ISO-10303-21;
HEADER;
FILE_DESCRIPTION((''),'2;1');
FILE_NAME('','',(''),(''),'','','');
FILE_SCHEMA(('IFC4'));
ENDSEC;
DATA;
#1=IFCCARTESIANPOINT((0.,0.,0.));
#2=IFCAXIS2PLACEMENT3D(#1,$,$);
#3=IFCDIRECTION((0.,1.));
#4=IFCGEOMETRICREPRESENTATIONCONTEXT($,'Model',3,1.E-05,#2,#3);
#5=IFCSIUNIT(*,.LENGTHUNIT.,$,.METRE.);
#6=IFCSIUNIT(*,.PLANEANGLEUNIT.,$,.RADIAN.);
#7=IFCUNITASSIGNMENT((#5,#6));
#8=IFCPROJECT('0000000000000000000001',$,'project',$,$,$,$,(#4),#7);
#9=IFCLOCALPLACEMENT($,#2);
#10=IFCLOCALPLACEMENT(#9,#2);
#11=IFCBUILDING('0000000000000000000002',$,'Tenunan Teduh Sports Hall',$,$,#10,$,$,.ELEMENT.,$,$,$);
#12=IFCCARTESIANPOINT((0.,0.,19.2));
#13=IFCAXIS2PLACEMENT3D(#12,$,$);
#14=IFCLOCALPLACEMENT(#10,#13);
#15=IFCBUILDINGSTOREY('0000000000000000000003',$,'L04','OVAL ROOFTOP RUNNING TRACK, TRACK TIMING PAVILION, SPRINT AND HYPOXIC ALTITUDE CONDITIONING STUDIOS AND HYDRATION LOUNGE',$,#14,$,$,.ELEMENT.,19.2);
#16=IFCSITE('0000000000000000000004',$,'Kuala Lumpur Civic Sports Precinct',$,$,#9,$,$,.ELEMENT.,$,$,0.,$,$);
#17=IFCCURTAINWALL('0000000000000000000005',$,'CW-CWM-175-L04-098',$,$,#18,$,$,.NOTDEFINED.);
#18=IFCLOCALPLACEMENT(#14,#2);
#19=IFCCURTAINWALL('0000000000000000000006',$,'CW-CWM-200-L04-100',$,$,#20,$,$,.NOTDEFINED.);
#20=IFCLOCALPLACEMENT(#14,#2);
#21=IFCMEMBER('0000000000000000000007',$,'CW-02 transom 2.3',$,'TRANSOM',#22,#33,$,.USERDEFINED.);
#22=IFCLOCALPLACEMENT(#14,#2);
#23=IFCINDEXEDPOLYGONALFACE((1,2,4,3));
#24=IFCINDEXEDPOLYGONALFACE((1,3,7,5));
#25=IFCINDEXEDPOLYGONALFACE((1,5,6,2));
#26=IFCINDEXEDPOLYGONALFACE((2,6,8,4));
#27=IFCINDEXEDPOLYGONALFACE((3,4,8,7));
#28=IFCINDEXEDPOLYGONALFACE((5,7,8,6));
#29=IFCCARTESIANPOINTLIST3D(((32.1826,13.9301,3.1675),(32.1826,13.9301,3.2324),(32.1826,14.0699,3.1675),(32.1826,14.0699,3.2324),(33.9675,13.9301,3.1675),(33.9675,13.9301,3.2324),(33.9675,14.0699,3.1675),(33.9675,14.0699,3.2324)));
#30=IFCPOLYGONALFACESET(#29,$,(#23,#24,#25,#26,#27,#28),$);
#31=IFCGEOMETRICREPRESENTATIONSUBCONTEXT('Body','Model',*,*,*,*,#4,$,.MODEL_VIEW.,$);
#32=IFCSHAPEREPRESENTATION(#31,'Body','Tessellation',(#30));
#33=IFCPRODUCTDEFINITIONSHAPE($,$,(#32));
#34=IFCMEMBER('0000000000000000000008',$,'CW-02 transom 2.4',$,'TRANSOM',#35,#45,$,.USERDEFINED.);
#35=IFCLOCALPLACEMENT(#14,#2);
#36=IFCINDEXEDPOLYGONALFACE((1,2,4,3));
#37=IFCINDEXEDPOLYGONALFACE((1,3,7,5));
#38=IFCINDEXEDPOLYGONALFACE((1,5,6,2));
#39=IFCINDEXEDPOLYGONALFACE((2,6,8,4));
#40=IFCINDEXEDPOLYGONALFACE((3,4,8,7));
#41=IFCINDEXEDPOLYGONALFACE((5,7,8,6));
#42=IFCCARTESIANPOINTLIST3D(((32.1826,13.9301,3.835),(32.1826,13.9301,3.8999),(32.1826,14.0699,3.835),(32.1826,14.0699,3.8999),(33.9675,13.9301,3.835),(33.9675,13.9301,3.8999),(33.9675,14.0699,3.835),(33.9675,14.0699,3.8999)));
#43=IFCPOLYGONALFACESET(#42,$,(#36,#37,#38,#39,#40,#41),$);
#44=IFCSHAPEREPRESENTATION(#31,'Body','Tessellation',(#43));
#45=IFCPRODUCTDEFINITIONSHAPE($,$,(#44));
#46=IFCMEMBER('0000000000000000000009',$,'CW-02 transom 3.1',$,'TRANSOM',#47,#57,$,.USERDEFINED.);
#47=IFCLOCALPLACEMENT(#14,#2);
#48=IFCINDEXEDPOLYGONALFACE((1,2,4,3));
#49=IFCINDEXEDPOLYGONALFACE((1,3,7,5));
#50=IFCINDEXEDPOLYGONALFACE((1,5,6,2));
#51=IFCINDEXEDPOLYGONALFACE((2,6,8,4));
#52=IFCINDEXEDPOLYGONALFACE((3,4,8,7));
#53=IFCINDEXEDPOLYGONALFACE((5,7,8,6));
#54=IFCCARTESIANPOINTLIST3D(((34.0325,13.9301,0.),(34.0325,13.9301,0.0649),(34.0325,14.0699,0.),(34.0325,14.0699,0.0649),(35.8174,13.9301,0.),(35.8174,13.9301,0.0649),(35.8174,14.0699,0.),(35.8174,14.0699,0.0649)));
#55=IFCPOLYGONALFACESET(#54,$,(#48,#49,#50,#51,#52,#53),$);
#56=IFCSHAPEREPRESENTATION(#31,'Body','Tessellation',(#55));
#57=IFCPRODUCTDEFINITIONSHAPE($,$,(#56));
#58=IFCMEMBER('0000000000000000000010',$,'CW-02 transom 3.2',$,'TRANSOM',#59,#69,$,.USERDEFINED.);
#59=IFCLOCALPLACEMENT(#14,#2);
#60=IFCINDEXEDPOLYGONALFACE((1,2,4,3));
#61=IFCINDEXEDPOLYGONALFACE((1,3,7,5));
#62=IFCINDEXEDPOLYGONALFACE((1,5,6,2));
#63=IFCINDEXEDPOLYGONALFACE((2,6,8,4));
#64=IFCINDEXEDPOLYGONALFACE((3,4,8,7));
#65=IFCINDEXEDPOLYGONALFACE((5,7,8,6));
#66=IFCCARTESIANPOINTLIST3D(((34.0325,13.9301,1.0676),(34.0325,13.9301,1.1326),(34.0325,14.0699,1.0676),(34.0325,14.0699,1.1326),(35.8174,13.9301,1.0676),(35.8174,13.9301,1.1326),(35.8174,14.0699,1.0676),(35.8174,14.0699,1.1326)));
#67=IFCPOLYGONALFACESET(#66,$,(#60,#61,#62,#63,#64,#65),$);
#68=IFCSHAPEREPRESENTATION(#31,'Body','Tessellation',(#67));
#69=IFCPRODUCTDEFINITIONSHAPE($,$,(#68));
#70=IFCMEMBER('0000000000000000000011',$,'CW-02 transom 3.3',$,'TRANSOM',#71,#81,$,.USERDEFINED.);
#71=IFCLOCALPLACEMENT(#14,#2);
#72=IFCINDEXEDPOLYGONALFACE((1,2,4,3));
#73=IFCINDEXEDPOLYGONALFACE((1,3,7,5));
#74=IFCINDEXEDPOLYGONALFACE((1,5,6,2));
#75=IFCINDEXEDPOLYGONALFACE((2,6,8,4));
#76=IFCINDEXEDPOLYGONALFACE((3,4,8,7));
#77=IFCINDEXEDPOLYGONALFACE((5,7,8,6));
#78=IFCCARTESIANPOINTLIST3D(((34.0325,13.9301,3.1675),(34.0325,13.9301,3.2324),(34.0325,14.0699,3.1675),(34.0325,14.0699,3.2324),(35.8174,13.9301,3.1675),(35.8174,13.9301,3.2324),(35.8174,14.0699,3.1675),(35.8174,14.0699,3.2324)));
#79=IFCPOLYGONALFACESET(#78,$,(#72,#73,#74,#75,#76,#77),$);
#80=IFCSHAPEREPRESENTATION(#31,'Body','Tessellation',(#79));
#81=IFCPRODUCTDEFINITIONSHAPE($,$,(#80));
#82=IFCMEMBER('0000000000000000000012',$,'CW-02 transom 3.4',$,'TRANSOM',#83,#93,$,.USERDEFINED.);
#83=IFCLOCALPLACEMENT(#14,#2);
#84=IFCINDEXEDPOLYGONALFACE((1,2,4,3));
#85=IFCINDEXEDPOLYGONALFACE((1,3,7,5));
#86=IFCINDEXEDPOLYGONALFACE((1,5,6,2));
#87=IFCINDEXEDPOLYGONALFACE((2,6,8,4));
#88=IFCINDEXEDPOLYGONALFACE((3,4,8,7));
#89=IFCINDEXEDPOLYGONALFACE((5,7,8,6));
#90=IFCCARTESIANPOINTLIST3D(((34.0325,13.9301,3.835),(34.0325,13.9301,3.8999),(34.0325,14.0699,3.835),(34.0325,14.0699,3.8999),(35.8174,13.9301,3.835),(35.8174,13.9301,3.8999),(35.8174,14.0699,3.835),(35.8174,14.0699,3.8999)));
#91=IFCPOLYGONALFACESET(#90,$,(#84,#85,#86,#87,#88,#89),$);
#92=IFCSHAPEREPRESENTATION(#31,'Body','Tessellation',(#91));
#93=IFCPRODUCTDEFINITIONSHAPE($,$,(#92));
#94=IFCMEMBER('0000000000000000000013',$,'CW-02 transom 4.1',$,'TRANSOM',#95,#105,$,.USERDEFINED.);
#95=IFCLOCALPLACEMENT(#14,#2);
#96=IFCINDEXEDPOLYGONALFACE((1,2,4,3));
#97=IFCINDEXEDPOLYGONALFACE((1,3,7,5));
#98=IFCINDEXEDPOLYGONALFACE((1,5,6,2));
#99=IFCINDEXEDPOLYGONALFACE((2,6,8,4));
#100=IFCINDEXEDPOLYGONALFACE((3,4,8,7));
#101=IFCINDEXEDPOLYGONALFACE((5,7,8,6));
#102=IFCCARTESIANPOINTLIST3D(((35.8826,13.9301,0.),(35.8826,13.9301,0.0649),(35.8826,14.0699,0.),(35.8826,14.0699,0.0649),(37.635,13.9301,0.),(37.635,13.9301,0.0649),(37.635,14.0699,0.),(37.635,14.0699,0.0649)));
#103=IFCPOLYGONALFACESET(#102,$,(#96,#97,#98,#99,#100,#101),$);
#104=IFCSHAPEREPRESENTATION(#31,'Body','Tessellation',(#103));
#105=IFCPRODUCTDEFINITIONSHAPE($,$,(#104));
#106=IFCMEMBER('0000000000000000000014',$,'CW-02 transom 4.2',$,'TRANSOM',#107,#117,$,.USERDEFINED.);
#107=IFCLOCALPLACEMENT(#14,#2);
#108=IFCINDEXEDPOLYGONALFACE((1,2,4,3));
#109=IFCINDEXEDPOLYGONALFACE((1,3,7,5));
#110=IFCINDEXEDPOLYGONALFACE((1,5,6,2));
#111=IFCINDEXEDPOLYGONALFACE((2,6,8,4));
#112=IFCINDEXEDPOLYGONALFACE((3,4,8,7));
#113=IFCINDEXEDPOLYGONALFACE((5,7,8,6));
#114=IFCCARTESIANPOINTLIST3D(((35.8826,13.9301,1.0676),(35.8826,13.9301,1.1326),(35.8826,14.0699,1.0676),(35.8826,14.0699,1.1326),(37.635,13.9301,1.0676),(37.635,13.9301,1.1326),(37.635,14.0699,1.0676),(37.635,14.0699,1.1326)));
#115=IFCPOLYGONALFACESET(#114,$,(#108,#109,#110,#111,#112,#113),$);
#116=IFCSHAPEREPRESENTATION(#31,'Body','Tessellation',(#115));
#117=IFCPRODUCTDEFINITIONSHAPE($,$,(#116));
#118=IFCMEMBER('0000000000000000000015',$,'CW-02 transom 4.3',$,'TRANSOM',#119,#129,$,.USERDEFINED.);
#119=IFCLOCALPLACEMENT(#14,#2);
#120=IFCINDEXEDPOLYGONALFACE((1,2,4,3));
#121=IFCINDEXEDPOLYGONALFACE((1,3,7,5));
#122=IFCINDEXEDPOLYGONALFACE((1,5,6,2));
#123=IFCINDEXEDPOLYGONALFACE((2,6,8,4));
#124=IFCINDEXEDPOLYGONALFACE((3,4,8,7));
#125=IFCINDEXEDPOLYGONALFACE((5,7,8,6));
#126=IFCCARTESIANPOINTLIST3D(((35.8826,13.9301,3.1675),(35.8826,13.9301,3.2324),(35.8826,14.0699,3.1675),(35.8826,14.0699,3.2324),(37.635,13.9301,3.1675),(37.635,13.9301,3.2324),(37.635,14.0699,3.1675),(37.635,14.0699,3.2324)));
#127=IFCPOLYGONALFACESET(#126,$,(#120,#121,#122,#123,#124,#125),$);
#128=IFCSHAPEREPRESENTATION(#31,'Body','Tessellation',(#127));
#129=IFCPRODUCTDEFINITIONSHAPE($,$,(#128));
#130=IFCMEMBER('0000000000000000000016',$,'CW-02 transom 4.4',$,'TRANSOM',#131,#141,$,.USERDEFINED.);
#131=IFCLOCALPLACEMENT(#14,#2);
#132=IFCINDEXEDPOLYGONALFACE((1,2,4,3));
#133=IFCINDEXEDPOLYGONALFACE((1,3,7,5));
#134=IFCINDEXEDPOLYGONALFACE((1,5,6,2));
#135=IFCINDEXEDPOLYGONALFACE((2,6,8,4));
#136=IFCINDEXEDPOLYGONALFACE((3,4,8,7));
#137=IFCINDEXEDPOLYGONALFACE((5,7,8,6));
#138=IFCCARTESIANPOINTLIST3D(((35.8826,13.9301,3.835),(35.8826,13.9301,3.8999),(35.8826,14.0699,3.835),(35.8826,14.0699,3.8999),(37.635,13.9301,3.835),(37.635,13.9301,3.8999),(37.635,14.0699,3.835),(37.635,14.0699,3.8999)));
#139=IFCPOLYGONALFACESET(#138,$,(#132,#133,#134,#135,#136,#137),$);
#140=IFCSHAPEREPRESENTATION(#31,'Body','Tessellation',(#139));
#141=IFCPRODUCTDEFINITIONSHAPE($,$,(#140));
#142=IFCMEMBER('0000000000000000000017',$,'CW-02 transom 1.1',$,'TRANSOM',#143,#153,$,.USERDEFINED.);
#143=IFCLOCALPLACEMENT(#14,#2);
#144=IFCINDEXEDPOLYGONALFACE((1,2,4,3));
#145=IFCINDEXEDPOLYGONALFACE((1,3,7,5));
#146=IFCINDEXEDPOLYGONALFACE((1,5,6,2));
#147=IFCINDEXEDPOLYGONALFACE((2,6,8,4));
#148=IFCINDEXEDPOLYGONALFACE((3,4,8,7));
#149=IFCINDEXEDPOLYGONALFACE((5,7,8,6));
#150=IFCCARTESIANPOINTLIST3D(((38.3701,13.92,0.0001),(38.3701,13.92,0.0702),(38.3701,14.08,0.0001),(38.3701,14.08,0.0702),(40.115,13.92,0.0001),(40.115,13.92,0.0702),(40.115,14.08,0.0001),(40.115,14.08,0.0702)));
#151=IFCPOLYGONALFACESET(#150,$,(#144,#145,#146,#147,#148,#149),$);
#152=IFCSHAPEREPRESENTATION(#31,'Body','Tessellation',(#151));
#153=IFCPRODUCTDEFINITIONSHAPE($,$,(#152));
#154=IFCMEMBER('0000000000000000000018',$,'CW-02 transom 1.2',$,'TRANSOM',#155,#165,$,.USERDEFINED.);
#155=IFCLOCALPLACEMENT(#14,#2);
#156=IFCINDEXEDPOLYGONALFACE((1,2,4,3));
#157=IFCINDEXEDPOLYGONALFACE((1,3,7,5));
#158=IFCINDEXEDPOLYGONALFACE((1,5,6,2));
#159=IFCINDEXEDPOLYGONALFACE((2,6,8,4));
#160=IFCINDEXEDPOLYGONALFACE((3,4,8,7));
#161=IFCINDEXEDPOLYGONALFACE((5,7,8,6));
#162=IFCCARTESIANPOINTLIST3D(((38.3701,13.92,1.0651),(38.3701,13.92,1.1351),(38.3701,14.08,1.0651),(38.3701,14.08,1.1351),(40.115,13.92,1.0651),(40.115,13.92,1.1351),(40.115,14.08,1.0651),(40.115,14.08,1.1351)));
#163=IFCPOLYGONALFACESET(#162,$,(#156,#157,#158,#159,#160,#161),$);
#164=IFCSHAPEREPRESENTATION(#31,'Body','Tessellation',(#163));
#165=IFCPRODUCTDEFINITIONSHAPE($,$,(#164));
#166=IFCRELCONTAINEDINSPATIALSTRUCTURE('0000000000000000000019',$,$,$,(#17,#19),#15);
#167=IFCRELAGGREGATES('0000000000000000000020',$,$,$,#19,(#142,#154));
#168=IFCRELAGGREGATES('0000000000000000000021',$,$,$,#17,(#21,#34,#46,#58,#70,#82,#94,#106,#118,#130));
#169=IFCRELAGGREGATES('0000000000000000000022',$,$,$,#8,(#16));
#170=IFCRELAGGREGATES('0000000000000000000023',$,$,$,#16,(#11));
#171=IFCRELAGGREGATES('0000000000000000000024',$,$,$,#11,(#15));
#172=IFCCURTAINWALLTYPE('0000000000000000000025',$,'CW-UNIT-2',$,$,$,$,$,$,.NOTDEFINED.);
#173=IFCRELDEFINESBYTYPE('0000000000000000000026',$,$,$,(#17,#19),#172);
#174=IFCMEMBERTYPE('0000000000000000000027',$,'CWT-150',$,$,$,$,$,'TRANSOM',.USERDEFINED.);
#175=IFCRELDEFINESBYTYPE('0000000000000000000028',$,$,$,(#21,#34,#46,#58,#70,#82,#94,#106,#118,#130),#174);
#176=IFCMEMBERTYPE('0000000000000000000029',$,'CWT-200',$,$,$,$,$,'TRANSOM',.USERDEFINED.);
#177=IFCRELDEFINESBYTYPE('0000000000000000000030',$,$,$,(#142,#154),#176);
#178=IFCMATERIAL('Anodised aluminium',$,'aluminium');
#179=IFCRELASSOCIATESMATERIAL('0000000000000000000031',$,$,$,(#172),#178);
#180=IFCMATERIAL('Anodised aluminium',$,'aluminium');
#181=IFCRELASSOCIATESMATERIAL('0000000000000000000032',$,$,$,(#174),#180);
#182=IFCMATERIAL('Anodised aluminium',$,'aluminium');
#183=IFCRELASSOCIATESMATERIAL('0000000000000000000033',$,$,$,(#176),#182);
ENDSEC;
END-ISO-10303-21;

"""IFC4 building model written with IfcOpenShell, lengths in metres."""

from ifc_helpers import new_model, si_unit, direction, frame, origin, origin_2d, place, context, subcontext, project, spatial, rectangle, extrude, material, material_profile, profile_set, type_object, element, aggregate, save


model = new_model("IFC4")

# Units and contexts
model_context = context("Model", 3, precision=1e-05, world=origin(), true_north=direction((0.0, 1.0)))
body_context = subcontext(model_context, "Body", "Model", "MODEL_VIEW")
ifc_project = project(units=[si_unit("LENGTHUNIT", "METRE"), si_unit("PLANEANGLEUNIT", "RADIAN")], contexts=[model_context])

# Site, building, storey
site_placement = place(None, origin())
site = spatial("IfcSite", under=ifc_project, at=site_placement, Name="Kuala Lumpur Civic Sports Precinct", CompositionType="ELEMENT", RefElevation=0.0)
building_placement = place(site_placement, origin())
building = spatial("IfcBuilding", under=site, at=building_placement, Name="Tenunan Teduh Sports Hall", CompositionType="ELEMENT")
storey_placement = place(building_placement, frame((0.0, 0.0, 19.2)))
storey = spatial("IfcBuildingStorey", under=building, at=storey_placement, Name="L04", Description="OVAL ROOFTOP RUNNING TRACK, TRACK TIMING PAVILION, SPRINT AND HYPOXIC ALTITUDE CONDITIONING STUDIOS AND HYDRATION LOUNGE", CompositionType="ELEMENT", Elevation=19.2)

# Curtain wall
ifc_material_1 = material(Name="Anodised aluminium", Category="aluminium")
curtain_wall_type = type_object("IfcCurtainWallType", Name="CW-UNIT-2", PredefinedType="NOTDEFINED", material=ifc_material_1)
curtain_wall_1_placement = place(storey_placement, origin())
curtain_wall_1 = element("IfcCurtainWall", 1, at=curtain_wall_1_placement, inside=storey, type_object=curtain_wall_type, Name="CW-CWM-175-L04-098", PredefinedType="NOTDEFINED")

# Curtain wall
curtain_wall_2_placement = place(storey_placement, origin())
curtain_wall_2 = element("IfcCurtainWall", 2, at=curtain_wall_2_placement, inside=storey, type_object=curtain_wall_type, Name="CW-CWM-200-L04-100", PredefinedType="NOTDEFINED")

# Members
ifc_material_2 = material(Name="Anodised aluminium", Category="aluminium")
ifc_material_profile_1 = material_profile(ifc_material_2, rectangle(XDim=0.0649, YDim=0.1399, at=origin_2d()), Name="CWT 65x140")
ifc_profile_set_1 = profile_set([ifc_material_profile_1], Name="Anodised aluminium")
member_type_1 = type_object("IfcMemberType", Name="CWT-150", ElementType="TRANSOM", PredefinedType="USERDEFINED", material=ifc_profile_set_1)
member_1_placement = place(storey_placement, frame((32.1826, 14.0, 3.2), z_axis=(1.0, 0.0, 0.0), x_axis=(0.0, 0.0, 1.0)))
member_1 = element("IfcMember", 3, at=member_1_placement, type_object=member_type_1, Name="CW-02 transom 2.3", ObjectType="TRANSOM", PredefinedType="USERDEFINED", context=body_context, shape_type="SweptSolid", body=[
    extrude(rectangle(XDim=0.0649, YDim=0.1399, at=origin_2d()), origin(), (0.0, 0.0, 1.0), 1.7849),
])
member_2_placement = place(storey_placement, frame((32.1826, 14.0, 3.8674), z_axis=(1.0, 0.0, 0.0), x_axis=(0.0, 0.0, 1.0)))
member_2 = element("IfcMember", 4, at=member_2_placement, type_object=member_type_1, Name="CW-02 transom 2.4", ObjectType="TRANSOM", PredefinedType="USERDEFINED", context=body_context, shape_type="SweptSolid", body=[
    extrude(rectangle(XDim=0.0649, YDim=0.1399, at=origin_2d()), origin(), (0.0, 0.0, 1.0), 1.7849),
])
member_3_placement = place(storey_placement, frame((34.0325, 14.0, 0.0325), z_axis=(1.0, 0.0, 0.0), x_axis=(0.0, 0.0, 1.0)))
member_3 = element("IfcMember", 5, at=member_3_placement, type_object=member_type_1, Name="CW-02 transom 3.1", ObjectType="TRANSOM", PredefinedType="USERDEFINED", context=body_context, shape_type="SweptSolid", body=[
    extrude(rectangle(XDim=0.0649, YDim=0.1399, at=origin_2d()), origin(), (0.0, 0.0, 1.0), 1.7849),
])
member_4_placement = place(storey_placement, frame((34.0325, 14.0, 1.1001), z_axis=(1.0, 0.0, 0.0), x_axis=(0.0, 0.0, 1.0)))
member_4 = element("IfcMember", 6, at=member_4_placement, type_object=member_type_1, Name="CW-02 transom 3.2", ObjectType="TRANSOM", PredefinedType="USERDEFINED", context=body_context, shape_type="SweptSolid", body=[
    extrude(rectangle(XDim=0.0649, YDim=0.1399, at=origin_2d()), origin(), (0.0, 0.0, 1.0), 1.7849),
])
member_5_placement = place(storey_placement, frame((34.0325, 14.0, 3.2), z_axis=(1.0, 0.0, 0.0), x_axis=(0.0, 0.0, 1.0)))
member_5 = element("IfcMember", 7, at=member_5_placement, type_object=member_type_1, Name="CW-02 transom 3.3", ObjectType="TRANSOM", PredefinedType="USERDEFINED", context=body_context, shape_type="SweptSolid", body=[
    extrude(rectangle(XDim=0.0649, YDim=0.1399, at=origin_2d()), origin(), (0.0, 0.0, 1.0), 1.7849),
])
member_6_placement = place(storey_placement, frame((34.0325, 14.0, 3.8674), z_axis=(1.0, 0.0, 0.0), x_axis=(0.0, 0.0, 1.0)))
member_6 = element("IfcMember", 8, at=member_6_placement, type_object=member_type_1, Name="CW-02 transom 3.4", ObjectType="TRANSOM", PredefinedType="USERDEFINED", context=body_context, shape_type="SweptSolid", body=[
    extrude(rectangle(XDim=0.0649, YDim=0.1399, at=origin_2d()), origin(), (0.0, 0.0, 1.0), 1.7849),
])
member_7_placement = place(storey_placement, frame((35.8826, 14.0, 0.0325), z_axis=(1.0, 0.0, 0.0), x_axis=(0.0, 0.0, 1.0)))
member_7 = element("IfcMember", 9, at=member_7_placement, type_object=member_type_1, Name="CW-02 transom 4.1", ObjectType="TRANSOM", PredefinedType="USERDEFINED", context=body_context, shape_type="SweptSolid", body=[
    extrude(rectangle(XDim=0.0649, YDim=0.1399, at=origin_2d()), origin(), (0.0, 0.0, 1.0), 1.7524),
])
member_8_placement = place(storey_placement, frame((35.8826, 14.0, 1.1001), z_axis=(1.0, 0.0, 0.0), x_axis=(0.0, 0.0, 1.0)))
member_8 = element("IfcMember", 10, at=member_8_placement, type_object=member_type_1, Name="CW-02 transom 4.2", ObjectType="TRANSOM", PredefinedType="USERDEFINED", context=body_context, shape_type="SweptSolid", body=[
    extrude(rectangle(XDim=0.0649, YDim=0.1399, at=origin_2d()), origin(), (0.0, 0.0, 1.0), 1.7524),
])
member_9_placement = place(storey_placement, frame((35.8826, 14.0, 3.2), z_axis=(1.0, 0.0, 0.0), x_axis=(0.0, 0.0, 1.0)))
member_9 = element("IfcMember", 11, at=member_9_placement, type_object=member_type_1, Name="CW-02 transom 4.3", ObjectType="TRANSOM", PredefinedType="USERDEFINED", context=body_context, shape_type="SweptSolid", body=[
    extrude(rectangle(XDim=0.0649, YDim=0.1399, at=origin_2d()), origin(), (0.0, 0.0, 1.0), 1.7524),
])
member_10_placement = place(storey_placement, frame((35.8826, 14.0, 3.8674), z_axis=(1.0, 0.0, 0.0), x_axis=(0.0, 0.0, 1.0)))
member_10 = element("IfcMember", 12, at=member_10_placement, type_object=member_type_1, Name="CW-02 transom 4.4", ObjectType="TRANSOM", PredefinedType="USERDEFINED", context=body_context, shape_type="SweptSolid", body=[
    extrude(rectangle(XDim=0.0649, YDim=0.1399, at=origin_2d()), origin(), (0.0, 0.0, 1.0), 1.7524),
])
ifc_material_3 = material(Name="Anodised aluminium", Category="aluminium")
ifc_material_profile_2 = material_profile(ifc_material_3, rectangle(XDim=0.0701, YDim=0.1599, at=origin_2d()), Name="CWT 70x160")
ifc_profile_set_2 = profile_set([ifc_material_profile_2], Name="Anodised aluminium")
member_type_2 = type_object("IfcMemberType", Name="CWT-200", ElementType="TRANSOM", PredefinedType="USERDEFINED", material=ifc_profile_set_2)
member_11_placement = place(storey_placement, frame((38.3701, 14.0, 0.0352), z_axis=(1.0, 0.0, 0.0), x_axis=(0.0, 0.0, 1.0)))
member_11 = element("IfcMember", 13, at=member_11_placement, type_object=member_type_2, Name="CW-02 transom 1.1", ObjectType="TRANSOM", PredefinedType="USERDEFINED", context=body_context, shape_type="SweptSolid", body=[
    extrude(rectangle(XDim=0.0701, YDim=0.1599, at=origin_2d()), origin(), (0.0, 0.0, 1.0), 1.7449),
])
member_12_placement = place(storey_placement, frame((38.3701, 14.0, 1.1001), z_axis=(1.0, 0.0, 0.0), x_axis=(0.0, 0.0, 1.0)))
member_12 = element("IfcMember", 14, at=member_12_placement, type_object=member_type_2, Name="CW-02 transom 1.2", ObjectType="TRANSOM", PredefinedType="USERDEFINED", context=body_context, shape_type="SweptSolid", body=[
    extrude(rectangle(XDim=0.0701, YDim=0.1599, at=origin_2d()), origin(), (0.0, 0.0, 1.0), 1.7449),
])
aggregate(curtain_wall_2, [member_11, member_12])

aggregate(curtain_wall_1, [member_1, member_2, member_3, member_4, member_5, member_6, member_7, member_8, member_9, member_10])

save(model, "model.ifc")
